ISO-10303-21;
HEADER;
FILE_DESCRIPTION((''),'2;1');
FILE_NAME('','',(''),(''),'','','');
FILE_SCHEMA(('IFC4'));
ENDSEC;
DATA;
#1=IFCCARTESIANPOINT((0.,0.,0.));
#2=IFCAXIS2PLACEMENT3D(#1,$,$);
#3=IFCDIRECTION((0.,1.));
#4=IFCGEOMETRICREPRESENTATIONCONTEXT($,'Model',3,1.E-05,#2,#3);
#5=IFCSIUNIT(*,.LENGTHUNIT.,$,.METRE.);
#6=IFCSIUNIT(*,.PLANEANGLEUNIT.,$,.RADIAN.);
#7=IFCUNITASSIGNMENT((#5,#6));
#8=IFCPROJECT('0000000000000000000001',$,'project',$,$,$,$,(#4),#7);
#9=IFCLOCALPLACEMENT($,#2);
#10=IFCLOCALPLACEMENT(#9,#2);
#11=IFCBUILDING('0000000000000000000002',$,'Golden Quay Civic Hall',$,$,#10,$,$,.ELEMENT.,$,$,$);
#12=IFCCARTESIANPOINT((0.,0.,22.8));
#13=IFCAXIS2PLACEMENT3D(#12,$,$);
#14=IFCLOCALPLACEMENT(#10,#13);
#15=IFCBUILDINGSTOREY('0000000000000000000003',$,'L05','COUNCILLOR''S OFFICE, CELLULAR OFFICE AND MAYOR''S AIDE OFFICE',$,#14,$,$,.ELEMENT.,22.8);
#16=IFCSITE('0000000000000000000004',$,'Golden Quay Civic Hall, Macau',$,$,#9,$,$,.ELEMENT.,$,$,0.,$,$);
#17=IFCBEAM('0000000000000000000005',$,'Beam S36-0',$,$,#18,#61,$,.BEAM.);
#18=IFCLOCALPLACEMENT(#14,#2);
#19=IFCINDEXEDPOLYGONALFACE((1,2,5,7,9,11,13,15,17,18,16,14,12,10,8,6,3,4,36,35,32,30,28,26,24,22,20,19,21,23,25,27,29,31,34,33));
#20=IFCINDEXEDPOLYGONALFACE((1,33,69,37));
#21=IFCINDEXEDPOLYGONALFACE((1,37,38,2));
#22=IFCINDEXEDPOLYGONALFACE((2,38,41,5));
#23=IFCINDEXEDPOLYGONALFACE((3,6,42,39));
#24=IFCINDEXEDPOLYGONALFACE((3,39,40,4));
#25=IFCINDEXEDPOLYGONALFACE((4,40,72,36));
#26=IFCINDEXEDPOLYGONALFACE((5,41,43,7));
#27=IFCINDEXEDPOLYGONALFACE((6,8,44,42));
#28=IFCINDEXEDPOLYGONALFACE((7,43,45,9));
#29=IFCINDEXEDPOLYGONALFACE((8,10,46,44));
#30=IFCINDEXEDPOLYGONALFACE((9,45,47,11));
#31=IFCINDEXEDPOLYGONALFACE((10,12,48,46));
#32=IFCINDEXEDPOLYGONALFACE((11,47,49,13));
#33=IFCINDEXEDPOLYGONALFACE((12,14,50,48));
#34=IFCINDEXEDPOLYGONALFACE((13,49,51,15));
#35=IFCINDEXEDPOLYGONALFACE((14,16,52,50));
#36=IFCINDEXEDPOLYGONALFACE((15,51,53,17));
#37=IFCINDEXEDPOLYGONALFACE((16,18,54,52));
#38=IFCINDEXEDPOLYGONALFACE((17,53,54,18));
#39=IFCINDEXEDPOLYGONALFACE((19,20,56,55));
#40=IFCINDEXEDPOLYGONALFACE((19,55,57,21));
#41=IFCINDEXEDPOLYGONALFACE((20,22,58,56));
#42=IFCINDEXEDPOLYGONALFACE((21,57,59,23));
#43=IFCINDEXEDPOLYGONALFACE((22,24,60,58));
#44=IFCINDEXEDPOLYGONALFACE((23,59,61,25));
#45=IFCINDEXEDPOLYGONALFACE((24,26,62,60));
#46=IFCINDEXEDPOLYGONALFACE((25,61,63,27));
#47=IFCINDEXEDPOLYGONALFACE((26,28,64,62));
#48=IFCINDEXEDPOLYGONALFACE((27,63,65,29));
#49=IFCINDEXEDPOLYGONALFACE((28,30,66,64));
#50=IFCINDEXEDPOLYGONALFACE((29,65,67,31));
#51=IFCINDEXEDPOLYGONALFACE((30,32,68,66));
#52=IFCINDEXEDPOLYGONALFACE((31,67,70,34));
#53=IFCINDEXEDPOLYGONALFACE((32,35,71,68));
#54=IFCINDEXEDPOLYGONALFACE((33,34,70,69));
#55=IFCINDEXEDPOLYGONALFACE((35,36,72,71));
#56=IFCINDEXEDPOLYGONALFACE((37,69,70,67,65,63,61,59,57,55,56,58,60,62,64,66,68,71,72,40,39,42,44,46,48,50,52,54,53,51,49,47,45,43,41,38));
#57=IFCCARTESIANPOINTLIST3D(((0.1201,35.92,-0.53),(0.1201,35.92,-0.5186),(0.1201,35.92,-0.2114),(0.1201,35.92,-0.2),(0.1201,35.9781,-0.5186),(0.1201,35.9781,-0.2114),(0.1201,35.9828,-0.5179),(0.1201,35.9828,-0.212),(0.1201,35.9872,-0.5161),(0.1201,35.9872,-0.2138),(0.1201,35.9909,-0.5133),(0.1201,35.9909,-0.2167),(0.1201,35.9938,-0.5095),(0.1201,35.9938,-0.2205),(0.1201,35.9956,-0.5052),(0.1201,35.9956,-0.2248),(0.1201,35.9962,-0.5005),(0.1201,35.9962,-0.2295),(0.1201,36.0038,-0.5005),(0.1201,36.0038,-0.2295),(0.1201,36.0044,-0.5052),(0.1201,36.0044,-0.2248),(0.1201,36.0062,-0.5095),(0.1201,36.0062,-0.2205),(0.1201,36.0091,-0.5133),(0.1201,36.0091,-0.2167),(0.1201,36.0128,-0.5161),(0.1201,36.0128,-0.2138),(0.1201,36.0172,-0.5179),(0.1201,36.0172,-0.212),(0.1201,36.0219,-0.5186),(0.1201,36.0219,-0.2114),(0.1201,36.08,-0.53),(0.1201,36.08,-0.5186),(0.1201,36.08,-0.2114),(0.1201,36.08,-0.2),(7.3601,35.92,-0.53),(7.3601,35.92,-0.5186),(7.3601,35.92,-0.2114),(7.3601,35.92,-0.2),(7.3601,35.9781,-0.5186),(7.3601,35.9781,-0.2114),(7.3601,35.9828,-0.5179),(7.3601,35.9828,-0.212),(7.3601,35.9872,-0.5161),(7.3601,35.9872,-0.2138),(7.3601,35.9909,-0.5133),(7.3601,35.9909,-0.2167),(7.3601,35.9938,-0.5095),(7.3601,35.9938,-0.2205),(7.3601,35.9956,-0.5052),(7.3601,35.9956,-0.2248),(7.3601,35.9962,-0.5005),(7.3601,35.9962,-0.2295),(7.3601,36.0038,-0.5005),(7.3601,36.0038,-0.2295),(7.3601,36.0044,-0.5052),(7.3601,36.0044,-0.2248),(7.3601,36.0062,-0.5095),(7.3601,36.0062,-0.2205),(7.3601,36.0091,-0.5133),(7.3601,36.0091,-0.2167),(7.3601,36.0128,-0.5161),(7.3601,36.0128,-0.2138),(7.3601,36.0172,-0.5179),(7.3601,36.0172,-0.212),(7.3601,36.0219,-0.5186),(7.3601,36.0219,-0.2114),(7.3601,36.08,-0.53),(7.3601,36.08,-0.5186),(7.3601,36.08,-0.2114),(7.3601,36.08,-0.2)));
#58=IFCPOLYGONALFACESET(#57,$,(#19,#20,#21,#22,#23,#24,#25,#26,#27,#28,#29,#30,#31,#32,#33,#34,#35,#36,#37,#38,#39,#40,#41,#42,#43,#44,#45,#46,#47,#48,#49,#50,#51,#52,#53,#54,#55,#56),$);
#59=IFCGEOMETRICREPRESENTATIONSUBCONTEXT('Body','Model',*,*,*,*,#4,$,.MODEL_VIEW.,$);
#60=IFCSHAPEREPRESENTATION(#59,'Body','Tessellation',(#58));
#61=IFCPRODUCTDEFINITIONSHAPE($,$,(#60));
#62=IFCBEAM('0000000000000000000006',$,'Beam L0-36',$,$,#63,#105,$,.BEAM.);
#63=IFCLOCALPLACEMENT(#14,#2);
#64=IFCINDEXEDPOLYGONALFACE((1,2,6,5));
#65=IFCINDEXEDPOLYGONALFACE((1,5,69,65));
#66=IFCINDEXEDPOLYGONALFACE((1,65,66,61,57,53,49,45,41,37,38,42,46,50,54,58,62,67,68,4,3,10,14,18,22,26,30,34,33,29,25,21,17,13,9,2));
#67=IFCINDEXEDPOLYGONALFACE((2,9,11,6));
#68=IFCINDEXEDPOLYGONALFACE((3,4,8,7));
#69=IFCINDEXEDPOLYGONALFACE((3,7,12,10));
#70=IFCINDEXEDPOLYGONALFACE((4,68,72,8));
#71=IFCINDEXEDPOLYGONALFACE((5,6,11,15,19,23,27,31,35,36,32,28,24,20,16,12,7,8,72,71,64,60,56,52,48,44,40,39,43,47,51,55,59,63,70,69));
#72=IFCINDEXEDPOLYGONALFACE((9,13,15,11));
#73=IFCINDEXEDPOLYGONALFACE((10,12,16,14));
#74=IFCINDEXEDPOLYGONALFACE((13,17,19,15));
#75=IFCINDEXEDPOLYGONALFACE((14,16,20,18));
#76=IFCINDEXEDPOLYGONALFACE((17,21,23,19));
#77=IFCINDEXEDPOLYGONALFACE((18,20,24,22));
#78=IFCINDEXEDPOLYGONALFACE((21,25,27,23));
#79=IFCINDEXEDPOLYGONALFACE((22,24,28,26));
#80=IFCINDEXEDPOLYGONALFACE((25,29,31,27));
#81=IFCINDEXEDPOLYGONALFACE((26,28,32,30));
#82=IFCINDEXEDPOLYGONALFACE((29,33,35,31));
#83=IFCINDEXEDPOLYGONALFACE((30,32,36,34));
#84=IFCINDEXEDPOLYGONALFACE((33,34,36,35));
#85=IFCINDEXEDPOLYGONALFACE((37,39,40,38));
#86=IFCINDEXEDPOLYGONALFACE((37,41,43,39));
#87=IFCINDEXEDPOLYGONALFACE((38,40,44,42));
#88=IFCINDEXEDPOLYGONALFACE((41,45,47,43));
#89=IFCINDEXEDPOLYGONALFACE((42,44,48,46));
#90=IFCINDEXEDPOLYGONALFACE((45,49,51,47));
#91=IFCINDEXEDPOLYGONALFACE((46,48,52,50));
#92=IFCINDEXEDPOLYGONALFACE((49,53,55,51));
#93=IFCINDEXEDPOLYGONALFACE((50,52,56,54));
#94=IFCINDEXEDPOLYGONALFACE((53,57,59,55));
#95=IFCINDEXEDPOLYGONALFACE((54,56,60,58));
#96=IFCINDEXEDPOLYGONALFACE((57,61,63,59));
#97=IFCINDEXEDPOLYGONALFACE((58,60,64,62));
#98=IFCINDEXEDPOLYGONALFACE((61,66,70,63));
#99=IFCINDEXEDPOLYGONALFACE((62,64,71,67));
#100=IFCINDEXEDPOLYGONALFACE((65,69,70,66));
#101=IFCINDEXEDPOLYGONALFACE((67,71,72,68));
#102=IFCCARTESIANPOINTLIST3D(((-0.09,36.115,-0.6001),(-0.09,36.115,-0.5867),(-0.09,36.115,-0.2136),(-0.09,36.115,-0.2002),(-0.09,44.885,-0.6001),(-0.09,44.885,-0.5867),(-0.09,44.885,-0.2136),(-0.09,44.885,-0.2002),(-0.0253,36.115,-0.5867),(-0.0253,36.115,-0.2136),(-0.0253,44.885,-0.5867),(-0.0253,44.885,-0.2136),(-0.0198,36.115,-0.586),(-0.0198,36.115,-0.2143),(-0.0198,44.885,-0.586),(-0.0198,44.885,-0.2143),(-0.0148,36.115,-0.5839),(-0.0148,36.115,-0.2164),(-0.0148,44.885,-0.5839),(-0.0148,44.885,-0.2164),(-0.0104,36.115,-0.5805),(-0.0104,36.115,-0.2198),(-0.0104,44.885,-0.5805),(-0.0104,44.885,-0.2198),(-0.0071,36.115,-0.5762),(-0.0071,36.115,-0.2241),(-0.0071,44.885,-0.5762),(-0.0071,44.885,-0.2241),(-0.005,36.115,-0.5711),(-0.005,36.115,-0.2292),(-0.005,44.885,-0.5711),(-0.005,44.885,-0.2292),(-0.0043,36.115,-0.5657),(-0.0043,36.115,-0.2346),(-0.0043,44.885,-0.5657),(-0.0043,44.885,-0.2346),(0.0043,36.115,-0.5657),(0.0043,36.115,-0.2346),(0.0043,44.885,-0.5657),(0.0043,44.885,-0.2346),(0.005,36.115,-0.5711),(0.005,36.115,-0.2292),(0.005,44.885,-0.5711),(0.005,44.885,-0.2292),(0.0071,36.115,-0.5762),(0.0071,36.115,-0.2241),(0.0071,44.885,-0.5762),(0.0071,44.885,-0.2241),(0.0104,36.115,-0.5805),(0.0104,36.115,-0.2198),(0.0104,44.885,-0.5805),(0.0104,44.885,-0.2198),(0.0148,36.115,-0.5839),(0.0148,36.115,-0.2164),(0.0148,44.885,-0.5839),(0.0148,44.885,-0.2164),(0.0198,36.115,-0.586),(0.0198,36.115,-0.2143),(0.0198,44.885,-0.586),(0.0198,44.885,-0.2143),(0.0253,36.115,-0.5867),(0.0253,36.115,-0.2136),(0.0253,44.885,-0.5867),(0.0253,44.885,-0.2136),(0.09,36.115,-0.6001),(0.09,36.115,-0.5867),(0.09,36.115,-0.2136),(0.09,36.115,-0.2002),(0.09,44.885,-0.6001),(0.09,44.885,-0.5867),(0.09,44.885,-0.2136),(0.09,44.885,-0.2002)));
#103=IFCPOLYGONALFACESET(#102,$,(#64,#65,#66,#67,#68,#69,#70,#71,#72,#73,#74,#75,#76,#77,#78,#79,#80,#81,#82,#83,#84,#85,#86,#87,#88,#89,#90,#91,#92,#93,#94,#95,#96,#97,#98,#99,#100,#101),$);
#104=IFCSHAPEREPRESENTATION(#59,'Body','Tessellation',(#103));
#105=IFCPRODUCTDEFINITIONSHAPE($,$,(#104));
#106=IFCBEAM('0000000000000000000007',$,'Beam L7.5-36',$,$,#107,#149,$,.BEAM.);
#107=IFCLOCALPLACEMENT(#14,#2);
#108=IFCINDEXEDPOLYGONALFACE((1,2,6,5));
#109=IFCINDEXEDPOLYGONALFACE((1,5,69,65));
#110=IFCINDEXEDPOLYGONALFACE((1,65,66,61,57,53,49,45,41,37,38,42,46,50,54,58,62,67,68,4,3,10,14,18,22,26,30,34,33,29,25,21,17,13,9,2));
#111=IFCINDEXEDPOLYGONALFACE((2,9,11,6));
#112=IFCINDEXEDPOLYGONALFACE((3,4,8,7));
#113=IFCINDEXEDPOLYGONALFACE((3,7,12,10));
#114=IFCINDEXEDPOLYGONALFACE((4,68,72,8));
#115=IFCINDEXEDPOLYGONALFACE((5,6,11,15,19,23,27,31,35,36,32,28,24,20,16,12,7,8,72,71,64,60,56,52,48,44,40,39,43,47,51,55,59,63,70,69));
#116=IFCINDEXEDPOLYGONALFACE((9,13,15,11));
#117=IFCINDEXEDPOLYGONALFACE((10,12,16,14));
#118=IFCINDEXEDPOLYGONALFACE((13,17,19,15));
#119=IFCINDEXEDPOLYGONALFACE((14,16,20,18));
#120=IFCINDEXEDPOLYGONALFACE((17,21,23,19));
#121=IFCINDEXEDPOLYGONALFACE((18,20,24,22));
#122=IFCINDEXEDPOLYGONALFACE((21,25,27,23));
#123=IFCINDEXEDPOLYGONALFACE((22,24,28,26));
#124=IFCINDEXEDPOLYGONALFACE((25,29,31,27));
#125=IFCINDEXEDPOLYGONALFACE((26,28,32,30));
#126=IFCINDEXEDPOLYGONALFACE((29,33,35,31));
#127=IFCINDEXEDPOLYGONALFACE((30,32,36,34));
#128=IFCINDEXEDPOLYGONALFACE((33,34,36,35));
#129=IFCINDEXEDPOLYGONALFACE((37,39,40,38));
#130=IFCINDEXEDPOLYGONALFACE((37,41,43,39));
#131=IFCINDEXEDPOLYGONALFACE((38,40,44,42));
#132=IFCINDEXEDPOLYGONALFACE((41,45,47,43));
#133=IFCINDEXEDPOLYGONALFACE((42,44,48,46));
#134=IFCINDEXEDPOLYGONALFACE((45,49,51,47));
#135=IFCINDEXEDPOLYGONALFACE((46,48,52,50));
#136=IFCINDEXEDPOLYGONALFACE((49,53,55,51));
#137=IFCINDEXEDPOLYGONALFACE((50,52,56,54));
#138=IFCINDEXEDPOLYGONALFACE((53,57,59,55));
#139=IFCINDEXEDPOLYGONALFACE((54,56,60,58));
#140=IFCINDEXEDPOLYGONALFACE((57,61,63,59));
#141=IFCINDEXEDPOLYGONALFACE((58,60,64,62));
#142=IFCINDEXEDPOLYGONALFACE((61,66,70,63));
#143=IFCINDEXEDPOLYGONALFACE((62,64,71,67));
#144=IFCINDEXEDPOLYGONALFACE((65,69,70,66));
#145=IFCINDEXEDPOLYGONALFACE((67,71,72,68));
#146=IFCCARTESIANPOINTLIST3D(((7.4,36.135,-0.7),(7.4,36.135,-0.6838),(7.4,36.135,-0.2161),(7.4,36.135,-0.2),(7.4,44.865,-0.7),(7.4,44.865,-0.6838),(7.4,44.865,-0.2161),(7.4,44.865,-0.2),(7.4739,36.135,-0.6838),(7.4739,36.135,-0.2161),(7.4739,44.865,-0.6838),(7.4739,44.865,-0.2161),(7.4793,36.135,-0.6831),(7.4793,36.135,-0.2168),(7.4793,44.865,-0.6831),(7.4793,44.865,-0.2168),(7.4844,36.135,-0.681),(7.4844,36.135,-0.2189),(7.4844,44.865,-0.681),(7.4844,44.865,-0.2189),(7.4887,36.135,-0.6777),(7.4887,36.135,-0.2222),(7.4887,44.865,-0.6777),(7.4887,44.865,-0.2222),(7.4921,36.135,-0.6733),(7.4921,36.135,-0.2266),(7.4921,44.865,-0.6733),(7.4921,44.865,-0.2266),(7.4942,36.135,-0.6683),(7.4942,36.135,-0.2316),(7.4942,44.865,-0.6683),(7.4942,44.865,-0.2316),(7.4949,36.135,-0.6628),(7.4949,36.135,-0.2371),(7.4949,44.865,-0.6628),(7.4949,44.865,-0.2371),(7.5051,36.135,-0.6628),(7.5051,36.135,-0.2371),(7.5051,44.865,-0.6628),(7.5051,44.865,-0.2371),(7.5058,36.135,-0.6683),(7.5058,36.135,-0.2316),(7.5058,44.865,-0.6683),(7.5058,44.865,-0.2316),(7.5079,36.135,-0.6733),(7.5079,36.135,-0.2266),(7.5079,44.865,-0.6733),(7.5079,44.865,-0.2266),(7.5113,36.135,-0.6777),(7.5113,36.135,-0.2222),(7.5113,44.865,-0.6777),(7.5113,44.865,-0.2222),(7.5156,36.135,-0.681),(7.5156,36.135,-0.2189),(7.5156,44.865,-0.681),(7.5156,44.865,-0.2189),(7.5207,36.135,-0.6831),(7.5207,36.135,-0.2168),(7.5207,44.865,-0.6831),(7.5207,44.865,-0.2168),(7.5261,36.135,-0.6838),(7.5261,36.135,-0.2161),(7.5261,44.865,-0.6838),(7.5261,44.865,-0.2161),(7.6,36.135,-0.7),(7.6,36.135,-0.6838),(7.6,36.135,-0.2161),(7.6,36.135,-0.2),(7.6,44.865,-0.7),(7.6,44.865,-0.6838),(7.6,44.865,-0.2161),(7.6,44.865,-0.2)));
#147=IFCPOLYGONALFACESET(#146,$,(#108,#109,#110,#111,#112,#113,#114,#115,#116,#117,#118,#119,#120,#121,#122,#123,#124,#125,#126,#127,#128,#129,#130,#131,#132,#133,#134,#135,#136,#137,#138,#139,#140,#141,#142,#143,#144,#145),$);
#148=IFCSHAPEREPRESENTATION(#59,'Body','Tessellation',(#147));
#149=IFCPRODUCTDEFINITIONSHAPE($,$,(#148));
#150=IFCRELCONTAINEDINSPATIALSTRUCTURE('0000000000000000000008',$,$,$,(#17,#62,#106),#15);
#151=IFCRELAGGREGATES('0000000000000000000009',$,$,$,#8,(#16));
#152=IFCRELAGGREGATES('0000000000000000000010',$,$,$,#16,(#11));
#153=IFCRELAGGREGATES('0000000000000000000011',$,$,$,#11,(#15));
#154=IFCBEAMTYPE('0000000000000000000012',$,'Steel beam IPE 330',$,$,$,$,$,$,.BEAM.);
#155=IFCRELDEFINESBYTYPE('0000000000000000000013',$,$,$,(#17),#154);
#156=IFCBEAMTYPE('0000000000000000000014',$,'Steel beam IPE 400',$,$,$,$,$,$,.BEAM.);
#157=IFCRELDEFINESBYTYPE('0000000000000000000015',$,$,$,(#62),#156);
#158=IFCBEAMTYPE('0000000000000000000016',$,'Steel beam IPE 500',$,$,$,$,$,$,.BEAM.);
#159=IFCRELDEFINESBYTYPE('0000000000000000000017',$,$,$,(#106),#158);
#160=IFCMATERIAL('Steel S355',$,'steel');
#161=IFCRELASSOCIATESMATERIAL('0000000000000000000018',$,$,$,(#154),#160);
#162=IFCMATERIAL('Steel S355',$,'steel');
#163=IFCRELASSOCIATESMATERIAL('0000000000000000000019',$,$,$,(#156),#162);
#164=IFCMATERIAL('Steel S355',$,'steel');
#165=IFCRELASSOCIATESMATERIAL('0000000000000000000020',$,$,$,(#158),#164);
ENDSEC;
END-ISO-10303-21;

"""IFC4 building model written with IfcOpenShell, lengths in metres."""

from ifc_helpers import new_model, si_unit, direction, frame, origin, origin_2d, place, context, subcontext, project, spatial, i_section, extrude, material, material_profile, profile_set, type_object, element, save


model = new_model("IFC4")

# Units and contexts
model_context = context("Model", 3, precision=1e-05, world=origin(), true_north=direction((0.0, 1.0)))
body_context = subcontext(model_context, "Body", "Model", "MODEL_VIEW")
ifc_project = project(units=[si_unit("LENGTHUNIT", "METRE"), si_unit("PLANEANGLEUNIT", "RADIAN")], contexts=[model_context])

# Site, building, storey
site_placement = place(None, origin())
site = spatial("IfcSite", under=ifc_project, at=site_placement, Name="Golden Quay Civic Hall, Macau", CompositionType="ELEMENT", RefElevation=0.0)
building_placement = place(site_placement, origin())
building = spatial("IfcBuilding", under=site, at=building_placement, Name="Golden Quay Civic Hall", CompositionType="ELEMENT")
storey_placement = place(building_placement, frame((0.0, 0.0, 22.8)))
storey = spatial("IfcBuildingStorey", under=building, at=storey_placement, Name="L05", Description="COUNCILLOR'S OFFICE, CELLULAR OFFICE AND MAYOR'S AIDE OFFICE", CompositionType="ELEMENT", Elevation=22.8)

# Beams
ifc_material_1 = material(Name="Steel S355", Category="steel")
ifc_material_profile_1 = material_profile(ifc_material_1, i_section(OverallWidth=0.1599, OverallDepth=0.3301, WebThickness=0.0076, FlangeThickness=0.0115, FilletRadius=0.0181, at=origin_2d()), Name="IPE 330")
ifc_profile_set_1 = profile_set([ifc_material_profile_1], Name="Steel S355")
beam_type_1 = type_object("IfcBeamType", Name="Steel beam IPE 330", PredefinedType="BEAM", material=ifc_profile_set_1)
beam_1_placement = place(storey_placement, frame((0.1201, 36.0, -0.365), z_axis=(1.0, 0.0, 0.0), x_axis=(0.0, 1.0, 0.0)))
element("IfcBeam", 1, at=beam_1_placement, inside=storey, type_object=beam_type_1, Name="Beam S36-0", PredefinedType="BEAM", context=body_context, shape_type="SweptSolid", body=[
    extrude(i_section(OverallWidth=0.1599, OverallDepth=0.3301, WebThickness=0.0076, FlangeThickness=0.0115, FilletRadius=0.0181, at=origin_2d()), origin(), (0.0, 0.0, 1.0), 7.24),
])
ifc_material_2 = material(Name="Steel S355", Category="steel")
ifc_material_profile_2 = material_profile(ifc_material_2, i_section(OverallWidth=0.1799, OverallDepth=0.3999, WebThickness=0.0085, FlangeThickness=0.0134, FilletRadius=0.021, at=origin_2d()), Name="IPE 400")
ifc_profile_set_2 = profile_set([ifc_material_profile_2], Name="Steel S355")
beam_type_2 = type_object("IfcBeamType", Name="Steel beam IPE 400", PredefinedType="BEAM", material=ifc_profile_set_2)
beam_2_placement = place(storey_placement, frame((0.0, 36.115, -0.4001), z_axis=(0.0, 1.0, 0.0), x_axis=(-1.0, 0.0, 0.0)))
element("IfcBeam", 2, at=beam_2_placement, inside=storey, type_object=beam_type_2, Name="Beam L0-36", PredefinedType="BEAM", context=body_context, shape_type="SweptSolid", body=[
    extrude(i_section(OverallWidth=0.1799, OverallDepth=0.3999, WebThickness=0.0085, FlangeThickness=0.0134, FilletRadius=0.021, at=origin_2d()), origin(), (0.0, 0.0, 1.0), 8.77),
])
ifc_material_3 = material(Name="Steel S355", Category="steel")
ifc_material_profile_3 = material_profile(ifc_material_3, i_section(OverallWidth=0.2, OverallDepth=0.5, WebThickness=0.0103, FlangeThickness=0.0161, FilletRadius=0.021, at=origin_2d()), Name="IPE 500")
ifc_profile_set_3 = profile_set([ifc_material_profile_3], Name="Steel S355")
beam_type_3 = type_object("IfcBeamType", Name="Steel beam IPE 500", PredefinedType="BEAM", material=ifc_profile_set_3)
beam_3_placement = place(storey_placement, frame((7.5, 36.135, -0.45), z_axis=(0.0, 1.0, 0.0), x_axis=(-1.0, 0.0, 0.0)))
element("IfcBeam", 3, at=beam_3_placement, inside=storey, type_object=beam_type_3, Name="Beam L7.5-36", PredefinedType="BEAM", context=body_context, shape_type="SweptSolid", body=[
    extrude(i_section(OverallWidth=0.2, OverallDepth=0.5, WebThickness=0.0103, FlangeThickness=0.0161, FilletRadius=0.021, at=origin_2d()), origin(), (0.0, 0.0, 1.0), 8.73),
])

save(model, "model.ifc")
